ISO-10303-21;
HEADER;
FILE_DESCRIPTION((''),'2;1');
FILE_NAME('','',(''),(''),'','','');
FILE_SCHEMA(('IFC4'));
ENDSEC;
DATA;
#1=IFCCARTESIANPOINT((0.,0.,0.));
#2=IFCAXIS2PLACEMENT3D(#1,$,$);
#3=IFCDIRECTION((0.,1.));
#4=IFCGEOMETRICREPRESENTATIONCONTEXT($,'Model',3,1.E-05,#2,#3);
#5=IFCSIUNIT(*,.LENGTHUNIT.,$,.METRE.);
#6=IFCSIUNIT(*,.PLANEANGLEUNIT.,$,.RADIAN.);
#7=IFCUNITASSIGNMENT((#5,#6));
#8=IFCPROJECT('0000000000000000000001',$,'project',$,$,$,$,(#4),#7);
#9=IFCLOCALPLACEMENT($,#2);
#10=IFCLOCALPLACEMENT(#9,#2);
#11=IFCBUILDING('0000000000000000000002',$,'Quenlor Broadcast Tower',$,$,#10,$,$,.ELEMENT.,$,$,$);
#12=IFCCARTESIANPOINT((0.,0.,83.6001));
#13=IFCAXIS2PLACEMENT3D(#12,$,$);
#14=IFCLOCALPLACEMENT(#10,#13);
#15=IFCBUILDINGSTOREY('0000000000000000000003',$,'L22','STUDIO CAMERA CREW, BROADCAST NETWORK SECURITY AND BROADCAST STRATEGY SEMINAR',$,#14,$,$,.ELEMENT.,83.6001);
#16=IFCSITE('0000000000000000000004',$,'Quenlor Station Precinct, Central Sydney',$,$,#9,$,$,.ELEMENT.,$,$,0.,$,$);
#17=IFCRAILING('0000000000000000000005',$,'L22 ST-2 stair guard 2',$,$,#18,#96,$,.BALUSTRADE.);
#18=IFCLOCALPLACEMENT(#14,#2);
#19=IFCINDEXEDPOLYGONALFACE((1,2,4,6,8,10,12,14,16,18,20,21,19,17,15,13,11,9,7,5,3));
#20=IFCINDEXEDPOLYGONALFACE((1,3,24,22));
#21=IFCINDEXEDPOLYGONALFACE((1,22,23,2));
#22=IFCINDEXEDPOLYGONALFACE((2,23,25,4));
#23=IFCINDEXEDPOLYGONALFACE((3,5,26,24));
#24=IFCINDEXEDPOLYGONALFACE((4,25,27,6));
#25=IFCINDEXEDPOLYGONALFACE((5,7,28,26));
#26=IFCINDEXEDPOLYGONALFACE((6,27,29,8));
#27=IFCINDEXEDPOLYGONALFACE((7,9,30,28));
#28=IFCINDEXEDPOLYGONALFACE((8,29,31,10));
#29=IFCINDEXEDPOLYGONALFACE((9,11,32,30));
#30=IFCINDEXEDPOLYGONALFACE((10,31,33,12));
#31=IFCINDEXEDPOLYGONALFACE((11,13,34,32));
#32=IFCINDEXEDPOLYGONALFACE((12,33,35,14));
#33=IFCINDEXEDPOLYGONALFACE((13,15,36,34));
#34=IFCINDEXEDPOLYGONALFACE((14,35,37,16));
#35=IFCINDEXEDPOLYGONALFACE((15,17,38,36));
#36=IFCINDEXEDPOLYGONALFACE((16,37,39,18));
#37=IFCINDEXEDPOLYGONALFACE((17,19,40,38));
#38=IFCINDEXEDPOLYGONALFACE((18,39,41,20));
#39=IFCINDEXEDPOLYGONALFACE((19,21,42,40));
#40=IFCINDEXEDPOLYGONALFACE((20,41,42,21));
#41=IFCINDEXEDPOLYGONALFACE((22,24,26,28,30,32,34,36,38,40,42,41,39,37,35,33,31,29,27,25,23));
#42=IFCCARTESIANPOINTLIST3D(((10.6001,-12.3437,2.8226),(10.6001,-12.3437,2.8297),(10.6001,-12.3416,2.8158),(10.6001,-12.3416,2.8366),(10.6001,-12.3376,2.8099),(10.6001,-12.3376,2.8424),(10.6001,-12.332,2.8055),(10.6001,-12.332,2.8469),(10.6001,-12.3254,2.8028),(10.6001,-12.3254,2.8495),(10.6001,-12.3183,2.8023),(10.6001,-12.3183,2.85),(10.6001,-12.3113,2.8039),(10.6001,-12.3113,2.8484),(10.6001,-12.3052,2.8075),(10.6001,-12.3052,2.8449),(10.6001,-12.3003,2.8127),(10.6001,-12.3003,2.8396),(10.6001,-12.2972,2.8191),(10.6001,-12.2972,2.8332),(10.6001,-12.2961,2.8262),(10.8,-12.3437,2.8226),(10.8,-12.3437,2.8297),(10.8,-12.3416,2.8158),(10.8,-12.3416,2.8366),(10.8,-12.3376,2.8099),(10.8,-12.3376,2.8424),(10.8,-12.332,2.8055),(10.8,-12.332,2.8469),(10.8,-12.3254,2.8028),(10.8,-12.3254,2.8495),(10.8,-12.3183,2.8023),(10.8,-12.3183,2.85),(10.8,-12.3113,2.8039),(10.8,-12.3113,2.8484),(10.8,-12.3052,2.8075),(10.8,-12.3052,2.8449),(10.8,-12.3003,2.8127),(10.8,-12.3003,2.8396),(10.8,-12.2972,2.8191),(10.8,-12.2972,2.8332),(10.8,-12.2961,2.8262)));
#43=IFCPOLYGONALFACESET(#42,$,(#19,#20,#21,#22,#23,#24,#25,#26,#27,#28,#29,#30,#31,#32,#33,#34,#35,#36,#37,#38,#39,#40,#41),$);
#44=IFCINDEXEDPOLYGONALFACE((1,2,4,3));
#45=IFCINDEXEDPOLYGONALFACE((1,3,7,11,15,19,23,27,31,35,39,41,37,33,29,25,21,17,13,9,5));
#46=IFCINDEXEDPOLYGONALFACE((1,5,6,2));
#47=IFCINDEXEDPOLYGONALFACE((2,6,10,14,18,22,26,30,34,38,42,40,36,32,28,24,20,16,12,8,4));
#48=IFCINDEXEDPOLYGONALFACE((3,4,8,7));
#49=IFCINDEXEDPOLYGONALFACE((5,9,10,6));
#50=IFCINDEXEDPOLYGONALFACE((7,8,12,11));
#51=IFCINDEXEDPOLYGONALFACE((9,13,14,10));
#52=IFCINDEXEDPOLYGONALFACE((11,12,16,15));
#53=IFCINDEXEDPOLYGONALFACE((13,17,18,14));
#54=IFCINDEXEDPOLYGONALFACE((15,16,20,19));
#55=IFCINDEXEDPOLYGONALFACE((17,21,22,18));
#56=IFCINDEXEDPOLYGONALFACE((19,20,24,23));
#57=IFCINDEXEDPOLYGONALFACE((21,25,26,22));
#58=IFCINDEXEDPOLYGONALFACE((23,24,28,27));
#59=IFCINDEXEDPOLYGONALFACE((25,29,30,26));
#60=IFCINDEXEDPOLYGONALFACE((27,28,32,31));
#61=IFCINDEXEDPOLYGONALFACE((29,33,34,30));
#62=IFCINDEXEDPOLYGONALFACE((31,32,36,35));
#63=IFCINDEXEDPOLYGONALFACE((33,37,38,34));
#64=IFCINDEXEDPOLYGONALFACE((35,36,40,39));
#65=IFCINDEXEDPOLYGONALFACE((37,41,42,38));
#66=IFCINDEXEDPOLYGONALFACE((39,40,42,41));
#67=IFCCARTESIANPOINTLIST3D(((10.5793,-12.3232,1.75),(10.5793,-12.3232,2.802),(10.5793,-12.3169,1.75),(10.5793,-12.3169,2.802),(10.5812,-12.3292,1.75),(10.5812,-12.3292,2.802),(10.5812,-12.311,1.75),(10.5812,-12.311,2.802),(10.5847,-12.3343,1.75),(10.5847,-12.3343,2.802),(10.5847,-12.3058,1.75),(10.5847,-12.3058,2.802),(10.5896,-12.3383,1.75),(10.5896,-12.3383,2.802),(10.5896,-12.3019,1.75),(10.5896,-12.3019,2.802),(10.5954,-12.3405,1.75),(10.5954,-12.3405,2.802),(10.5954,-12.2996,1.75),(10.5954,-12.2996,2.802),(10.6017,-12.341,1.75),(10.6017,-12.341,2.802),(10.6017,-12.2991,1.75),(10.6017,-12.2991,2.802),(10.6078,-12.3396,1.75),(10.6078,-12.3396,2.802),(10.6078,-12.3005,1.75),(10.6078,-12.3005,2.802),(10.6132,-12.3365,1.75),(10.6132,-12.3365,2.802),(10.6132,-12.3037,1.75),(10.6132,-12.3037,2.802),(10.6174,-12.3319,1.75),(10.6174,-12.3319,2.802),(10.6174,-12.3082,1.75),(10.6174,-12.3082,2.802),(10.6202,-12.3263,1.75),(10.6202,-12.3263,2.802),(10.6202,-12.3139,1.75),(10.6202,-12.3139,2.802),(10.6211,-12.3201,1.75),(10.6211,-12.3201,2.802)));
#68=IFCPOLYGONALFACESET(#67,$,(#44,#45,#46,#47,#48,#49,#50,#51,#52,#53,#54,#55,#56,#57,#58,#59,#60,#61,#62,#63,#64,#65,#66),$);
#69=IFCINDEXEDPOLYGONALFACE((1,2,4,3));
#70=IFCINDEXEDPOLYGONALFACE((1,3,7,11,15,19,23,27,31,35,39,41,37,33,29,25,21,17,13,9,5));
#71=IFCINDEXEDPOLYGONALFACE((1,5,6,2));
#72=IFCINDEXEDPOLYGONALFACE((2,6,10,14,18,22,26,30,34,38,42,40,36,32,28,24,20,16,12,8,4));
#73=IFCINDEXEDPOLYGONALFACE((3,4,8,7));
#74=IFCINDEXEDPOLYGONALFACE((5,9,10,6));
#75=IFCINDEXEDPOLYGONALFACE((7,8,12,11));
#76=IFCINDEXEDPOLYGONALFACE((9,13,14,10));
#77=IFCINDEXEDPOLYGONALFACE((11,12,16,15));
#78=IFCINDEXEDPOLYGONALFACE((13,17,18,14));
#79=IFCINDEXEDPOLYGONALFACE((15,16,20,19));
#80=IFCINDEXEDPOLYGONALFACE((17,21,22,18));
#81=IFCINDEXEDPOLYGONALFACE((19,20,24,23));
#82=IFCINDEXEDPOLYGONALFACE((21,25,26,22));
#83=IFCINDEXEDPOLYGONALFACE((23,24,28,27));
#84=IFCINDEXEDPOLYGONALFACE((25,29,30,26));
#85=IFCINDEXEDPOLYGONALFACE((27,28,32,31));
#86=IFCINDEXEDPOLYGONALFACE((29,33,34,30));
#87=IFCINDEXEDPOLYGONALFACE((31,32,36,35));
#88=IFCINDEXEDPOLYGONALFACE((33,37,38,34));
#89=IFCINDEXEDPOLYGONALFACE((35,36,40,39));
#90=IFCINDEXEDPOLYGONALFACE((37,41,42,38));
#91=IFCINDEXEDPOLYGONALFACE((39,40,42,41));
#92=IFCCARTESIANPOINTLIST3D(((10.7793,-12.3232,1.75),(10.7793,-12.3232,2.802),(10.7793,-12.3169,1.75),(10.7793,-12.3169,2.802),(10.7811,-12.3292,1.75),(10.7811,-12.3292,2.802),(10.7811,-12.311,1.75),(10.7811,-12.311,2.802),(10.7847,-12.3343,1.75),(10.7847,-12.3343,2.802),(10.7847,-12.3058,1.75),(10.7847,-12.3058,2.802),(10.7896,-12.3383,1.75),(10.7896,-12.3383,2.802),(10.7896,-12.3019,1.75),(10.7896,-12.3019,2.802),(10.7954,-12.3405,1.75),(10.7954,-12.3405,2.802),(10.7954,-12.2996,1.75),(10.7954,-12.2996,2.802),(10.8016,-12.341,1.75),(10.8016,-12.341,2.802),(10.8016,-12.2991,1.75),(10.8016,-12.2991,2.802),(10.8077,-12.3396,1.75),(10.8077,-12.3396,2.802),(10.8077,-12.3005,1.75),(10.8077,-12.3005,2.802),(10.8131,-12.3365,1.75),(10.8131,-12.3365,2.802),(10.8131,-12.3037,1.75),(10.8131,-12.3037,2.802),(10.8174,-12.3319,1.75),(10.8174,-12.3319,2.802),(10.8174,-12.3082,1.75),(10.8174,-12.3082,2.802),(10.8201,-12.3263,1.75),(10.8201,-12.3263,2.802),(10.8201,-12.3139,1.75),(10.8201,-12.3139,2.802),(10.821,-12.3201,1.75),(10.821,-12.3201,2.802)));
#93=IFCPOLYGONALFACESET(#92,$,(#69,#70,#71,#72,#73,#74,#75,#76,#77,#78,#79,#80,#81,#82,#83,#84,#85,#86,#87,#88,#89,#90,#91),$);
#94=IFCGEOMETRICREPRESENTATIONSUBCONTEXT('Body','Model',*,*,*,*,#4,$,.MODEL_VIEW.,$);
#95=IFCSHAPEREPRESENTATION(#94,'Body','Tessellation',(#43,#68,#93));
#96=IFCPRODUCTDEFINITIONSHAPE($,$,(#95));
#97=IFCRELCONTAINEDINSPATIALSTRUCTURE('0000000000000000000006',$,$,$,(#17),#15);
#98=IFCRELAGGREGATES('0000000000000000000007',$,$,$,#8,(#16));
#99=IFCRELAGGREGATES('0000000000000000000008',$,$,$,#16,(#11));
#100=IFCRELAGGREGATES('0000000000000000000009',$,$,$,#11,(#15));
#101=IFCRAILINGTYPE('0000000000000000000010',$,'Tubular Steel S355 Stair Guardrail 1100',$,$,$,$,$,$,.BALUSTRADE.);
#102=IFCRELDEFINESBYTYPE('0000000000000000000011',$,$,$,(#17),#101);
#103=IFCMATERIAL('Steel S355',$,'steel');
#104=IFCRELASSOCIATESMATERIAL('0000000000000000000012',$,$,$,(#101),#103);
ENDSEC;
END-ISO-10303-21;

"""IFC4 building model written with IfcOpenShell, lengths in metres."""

from ifc_helpers import new_model, si_unit, direction, frame, origin, origin_2d, place, context, subcontext, project, spatial, circle, extrude, material, type_object, element, save


model = new_model("IFC4")

# Units and contexts
model_context = context("Model", 3, precision=1e-05, world=origin(), true_north=direction((0.0, 1.0)))
body_context = subcontext(model_context, "Body", "Model", "MODEL_VIEW")
ifc_project = project(units=[si_unit("LENGTHUNIT", "METRE"), si_unit("PLANEANGLEUNIT", "RADIAN")], contexts=[model_context])

# Site, building, storey
site_placement = place(None, origin())
site = spatial("IfcSite", under=ifc_project, at=site_placement, Name="Quenlor Station Precinct, Central Sydney", CompositionType="ELEMENT", RefElevation=0.0)
building_placement = place(site_placement, origin())
building = spatial("IfcBuilding", under=site, at=building_placement, Name="Quenlor Broadcast Tower", CompositionType="ELEMENT")
storey_placement = place(building_placement, frame((0.0, 0.0, 83.6001)))
storey = spatial("IfcBuildingStorey", under=building, at=storey_placement, Name="L22", Description="STUDIO CAMERA CREW, BROADCAST NETWORK SECURITY AND BROADCAST STRATEGY SEMINAR", CompositionType="ELEMENT", Elevation=83.6001)

# Railing
ifc_material_1 = material(Name="Steel S355", Category="steel")
railing_type_1 = type_object("IfcRailingType", Name="Tubular Steel S355 Stair Guardrail 1100", PredefinedType="BALUSTRADE", material=ifc_material_1)
railing_1_placement = place(storey_placement, frame((10.6001, -12.3201, 1.75)))
element("IfcRailing", 1, at=railing_1_placement, inside=storey, type_object=railing_type_1, Name="L22 ST-2 stair guard 2", PredefinedType="BALUSTRADE", context=body_context, shape_type="SweptSolid", body=[
    extrude(circle(Radius=0.0239, at=origin_2d()), frame((0.0, 0.0, 1.0762), z_axis=(1.0, 0.0, 0.0), x_axis=(0.0, 1.0, 0.0)), (0.0, 0.0, 1.0), 0.2),
    extrude(circle(Radius=0.021, at=origin_2d()), origin(), (0.0, 0.0, 1.0), 1.052),
    extrude(circle(Radius=0.021, at=origin_2d()), frame((0.2, 0.0, 0.0)), (0.0, 0.0, 1.0), 1.052),
])

save(model, "model.ifc")
